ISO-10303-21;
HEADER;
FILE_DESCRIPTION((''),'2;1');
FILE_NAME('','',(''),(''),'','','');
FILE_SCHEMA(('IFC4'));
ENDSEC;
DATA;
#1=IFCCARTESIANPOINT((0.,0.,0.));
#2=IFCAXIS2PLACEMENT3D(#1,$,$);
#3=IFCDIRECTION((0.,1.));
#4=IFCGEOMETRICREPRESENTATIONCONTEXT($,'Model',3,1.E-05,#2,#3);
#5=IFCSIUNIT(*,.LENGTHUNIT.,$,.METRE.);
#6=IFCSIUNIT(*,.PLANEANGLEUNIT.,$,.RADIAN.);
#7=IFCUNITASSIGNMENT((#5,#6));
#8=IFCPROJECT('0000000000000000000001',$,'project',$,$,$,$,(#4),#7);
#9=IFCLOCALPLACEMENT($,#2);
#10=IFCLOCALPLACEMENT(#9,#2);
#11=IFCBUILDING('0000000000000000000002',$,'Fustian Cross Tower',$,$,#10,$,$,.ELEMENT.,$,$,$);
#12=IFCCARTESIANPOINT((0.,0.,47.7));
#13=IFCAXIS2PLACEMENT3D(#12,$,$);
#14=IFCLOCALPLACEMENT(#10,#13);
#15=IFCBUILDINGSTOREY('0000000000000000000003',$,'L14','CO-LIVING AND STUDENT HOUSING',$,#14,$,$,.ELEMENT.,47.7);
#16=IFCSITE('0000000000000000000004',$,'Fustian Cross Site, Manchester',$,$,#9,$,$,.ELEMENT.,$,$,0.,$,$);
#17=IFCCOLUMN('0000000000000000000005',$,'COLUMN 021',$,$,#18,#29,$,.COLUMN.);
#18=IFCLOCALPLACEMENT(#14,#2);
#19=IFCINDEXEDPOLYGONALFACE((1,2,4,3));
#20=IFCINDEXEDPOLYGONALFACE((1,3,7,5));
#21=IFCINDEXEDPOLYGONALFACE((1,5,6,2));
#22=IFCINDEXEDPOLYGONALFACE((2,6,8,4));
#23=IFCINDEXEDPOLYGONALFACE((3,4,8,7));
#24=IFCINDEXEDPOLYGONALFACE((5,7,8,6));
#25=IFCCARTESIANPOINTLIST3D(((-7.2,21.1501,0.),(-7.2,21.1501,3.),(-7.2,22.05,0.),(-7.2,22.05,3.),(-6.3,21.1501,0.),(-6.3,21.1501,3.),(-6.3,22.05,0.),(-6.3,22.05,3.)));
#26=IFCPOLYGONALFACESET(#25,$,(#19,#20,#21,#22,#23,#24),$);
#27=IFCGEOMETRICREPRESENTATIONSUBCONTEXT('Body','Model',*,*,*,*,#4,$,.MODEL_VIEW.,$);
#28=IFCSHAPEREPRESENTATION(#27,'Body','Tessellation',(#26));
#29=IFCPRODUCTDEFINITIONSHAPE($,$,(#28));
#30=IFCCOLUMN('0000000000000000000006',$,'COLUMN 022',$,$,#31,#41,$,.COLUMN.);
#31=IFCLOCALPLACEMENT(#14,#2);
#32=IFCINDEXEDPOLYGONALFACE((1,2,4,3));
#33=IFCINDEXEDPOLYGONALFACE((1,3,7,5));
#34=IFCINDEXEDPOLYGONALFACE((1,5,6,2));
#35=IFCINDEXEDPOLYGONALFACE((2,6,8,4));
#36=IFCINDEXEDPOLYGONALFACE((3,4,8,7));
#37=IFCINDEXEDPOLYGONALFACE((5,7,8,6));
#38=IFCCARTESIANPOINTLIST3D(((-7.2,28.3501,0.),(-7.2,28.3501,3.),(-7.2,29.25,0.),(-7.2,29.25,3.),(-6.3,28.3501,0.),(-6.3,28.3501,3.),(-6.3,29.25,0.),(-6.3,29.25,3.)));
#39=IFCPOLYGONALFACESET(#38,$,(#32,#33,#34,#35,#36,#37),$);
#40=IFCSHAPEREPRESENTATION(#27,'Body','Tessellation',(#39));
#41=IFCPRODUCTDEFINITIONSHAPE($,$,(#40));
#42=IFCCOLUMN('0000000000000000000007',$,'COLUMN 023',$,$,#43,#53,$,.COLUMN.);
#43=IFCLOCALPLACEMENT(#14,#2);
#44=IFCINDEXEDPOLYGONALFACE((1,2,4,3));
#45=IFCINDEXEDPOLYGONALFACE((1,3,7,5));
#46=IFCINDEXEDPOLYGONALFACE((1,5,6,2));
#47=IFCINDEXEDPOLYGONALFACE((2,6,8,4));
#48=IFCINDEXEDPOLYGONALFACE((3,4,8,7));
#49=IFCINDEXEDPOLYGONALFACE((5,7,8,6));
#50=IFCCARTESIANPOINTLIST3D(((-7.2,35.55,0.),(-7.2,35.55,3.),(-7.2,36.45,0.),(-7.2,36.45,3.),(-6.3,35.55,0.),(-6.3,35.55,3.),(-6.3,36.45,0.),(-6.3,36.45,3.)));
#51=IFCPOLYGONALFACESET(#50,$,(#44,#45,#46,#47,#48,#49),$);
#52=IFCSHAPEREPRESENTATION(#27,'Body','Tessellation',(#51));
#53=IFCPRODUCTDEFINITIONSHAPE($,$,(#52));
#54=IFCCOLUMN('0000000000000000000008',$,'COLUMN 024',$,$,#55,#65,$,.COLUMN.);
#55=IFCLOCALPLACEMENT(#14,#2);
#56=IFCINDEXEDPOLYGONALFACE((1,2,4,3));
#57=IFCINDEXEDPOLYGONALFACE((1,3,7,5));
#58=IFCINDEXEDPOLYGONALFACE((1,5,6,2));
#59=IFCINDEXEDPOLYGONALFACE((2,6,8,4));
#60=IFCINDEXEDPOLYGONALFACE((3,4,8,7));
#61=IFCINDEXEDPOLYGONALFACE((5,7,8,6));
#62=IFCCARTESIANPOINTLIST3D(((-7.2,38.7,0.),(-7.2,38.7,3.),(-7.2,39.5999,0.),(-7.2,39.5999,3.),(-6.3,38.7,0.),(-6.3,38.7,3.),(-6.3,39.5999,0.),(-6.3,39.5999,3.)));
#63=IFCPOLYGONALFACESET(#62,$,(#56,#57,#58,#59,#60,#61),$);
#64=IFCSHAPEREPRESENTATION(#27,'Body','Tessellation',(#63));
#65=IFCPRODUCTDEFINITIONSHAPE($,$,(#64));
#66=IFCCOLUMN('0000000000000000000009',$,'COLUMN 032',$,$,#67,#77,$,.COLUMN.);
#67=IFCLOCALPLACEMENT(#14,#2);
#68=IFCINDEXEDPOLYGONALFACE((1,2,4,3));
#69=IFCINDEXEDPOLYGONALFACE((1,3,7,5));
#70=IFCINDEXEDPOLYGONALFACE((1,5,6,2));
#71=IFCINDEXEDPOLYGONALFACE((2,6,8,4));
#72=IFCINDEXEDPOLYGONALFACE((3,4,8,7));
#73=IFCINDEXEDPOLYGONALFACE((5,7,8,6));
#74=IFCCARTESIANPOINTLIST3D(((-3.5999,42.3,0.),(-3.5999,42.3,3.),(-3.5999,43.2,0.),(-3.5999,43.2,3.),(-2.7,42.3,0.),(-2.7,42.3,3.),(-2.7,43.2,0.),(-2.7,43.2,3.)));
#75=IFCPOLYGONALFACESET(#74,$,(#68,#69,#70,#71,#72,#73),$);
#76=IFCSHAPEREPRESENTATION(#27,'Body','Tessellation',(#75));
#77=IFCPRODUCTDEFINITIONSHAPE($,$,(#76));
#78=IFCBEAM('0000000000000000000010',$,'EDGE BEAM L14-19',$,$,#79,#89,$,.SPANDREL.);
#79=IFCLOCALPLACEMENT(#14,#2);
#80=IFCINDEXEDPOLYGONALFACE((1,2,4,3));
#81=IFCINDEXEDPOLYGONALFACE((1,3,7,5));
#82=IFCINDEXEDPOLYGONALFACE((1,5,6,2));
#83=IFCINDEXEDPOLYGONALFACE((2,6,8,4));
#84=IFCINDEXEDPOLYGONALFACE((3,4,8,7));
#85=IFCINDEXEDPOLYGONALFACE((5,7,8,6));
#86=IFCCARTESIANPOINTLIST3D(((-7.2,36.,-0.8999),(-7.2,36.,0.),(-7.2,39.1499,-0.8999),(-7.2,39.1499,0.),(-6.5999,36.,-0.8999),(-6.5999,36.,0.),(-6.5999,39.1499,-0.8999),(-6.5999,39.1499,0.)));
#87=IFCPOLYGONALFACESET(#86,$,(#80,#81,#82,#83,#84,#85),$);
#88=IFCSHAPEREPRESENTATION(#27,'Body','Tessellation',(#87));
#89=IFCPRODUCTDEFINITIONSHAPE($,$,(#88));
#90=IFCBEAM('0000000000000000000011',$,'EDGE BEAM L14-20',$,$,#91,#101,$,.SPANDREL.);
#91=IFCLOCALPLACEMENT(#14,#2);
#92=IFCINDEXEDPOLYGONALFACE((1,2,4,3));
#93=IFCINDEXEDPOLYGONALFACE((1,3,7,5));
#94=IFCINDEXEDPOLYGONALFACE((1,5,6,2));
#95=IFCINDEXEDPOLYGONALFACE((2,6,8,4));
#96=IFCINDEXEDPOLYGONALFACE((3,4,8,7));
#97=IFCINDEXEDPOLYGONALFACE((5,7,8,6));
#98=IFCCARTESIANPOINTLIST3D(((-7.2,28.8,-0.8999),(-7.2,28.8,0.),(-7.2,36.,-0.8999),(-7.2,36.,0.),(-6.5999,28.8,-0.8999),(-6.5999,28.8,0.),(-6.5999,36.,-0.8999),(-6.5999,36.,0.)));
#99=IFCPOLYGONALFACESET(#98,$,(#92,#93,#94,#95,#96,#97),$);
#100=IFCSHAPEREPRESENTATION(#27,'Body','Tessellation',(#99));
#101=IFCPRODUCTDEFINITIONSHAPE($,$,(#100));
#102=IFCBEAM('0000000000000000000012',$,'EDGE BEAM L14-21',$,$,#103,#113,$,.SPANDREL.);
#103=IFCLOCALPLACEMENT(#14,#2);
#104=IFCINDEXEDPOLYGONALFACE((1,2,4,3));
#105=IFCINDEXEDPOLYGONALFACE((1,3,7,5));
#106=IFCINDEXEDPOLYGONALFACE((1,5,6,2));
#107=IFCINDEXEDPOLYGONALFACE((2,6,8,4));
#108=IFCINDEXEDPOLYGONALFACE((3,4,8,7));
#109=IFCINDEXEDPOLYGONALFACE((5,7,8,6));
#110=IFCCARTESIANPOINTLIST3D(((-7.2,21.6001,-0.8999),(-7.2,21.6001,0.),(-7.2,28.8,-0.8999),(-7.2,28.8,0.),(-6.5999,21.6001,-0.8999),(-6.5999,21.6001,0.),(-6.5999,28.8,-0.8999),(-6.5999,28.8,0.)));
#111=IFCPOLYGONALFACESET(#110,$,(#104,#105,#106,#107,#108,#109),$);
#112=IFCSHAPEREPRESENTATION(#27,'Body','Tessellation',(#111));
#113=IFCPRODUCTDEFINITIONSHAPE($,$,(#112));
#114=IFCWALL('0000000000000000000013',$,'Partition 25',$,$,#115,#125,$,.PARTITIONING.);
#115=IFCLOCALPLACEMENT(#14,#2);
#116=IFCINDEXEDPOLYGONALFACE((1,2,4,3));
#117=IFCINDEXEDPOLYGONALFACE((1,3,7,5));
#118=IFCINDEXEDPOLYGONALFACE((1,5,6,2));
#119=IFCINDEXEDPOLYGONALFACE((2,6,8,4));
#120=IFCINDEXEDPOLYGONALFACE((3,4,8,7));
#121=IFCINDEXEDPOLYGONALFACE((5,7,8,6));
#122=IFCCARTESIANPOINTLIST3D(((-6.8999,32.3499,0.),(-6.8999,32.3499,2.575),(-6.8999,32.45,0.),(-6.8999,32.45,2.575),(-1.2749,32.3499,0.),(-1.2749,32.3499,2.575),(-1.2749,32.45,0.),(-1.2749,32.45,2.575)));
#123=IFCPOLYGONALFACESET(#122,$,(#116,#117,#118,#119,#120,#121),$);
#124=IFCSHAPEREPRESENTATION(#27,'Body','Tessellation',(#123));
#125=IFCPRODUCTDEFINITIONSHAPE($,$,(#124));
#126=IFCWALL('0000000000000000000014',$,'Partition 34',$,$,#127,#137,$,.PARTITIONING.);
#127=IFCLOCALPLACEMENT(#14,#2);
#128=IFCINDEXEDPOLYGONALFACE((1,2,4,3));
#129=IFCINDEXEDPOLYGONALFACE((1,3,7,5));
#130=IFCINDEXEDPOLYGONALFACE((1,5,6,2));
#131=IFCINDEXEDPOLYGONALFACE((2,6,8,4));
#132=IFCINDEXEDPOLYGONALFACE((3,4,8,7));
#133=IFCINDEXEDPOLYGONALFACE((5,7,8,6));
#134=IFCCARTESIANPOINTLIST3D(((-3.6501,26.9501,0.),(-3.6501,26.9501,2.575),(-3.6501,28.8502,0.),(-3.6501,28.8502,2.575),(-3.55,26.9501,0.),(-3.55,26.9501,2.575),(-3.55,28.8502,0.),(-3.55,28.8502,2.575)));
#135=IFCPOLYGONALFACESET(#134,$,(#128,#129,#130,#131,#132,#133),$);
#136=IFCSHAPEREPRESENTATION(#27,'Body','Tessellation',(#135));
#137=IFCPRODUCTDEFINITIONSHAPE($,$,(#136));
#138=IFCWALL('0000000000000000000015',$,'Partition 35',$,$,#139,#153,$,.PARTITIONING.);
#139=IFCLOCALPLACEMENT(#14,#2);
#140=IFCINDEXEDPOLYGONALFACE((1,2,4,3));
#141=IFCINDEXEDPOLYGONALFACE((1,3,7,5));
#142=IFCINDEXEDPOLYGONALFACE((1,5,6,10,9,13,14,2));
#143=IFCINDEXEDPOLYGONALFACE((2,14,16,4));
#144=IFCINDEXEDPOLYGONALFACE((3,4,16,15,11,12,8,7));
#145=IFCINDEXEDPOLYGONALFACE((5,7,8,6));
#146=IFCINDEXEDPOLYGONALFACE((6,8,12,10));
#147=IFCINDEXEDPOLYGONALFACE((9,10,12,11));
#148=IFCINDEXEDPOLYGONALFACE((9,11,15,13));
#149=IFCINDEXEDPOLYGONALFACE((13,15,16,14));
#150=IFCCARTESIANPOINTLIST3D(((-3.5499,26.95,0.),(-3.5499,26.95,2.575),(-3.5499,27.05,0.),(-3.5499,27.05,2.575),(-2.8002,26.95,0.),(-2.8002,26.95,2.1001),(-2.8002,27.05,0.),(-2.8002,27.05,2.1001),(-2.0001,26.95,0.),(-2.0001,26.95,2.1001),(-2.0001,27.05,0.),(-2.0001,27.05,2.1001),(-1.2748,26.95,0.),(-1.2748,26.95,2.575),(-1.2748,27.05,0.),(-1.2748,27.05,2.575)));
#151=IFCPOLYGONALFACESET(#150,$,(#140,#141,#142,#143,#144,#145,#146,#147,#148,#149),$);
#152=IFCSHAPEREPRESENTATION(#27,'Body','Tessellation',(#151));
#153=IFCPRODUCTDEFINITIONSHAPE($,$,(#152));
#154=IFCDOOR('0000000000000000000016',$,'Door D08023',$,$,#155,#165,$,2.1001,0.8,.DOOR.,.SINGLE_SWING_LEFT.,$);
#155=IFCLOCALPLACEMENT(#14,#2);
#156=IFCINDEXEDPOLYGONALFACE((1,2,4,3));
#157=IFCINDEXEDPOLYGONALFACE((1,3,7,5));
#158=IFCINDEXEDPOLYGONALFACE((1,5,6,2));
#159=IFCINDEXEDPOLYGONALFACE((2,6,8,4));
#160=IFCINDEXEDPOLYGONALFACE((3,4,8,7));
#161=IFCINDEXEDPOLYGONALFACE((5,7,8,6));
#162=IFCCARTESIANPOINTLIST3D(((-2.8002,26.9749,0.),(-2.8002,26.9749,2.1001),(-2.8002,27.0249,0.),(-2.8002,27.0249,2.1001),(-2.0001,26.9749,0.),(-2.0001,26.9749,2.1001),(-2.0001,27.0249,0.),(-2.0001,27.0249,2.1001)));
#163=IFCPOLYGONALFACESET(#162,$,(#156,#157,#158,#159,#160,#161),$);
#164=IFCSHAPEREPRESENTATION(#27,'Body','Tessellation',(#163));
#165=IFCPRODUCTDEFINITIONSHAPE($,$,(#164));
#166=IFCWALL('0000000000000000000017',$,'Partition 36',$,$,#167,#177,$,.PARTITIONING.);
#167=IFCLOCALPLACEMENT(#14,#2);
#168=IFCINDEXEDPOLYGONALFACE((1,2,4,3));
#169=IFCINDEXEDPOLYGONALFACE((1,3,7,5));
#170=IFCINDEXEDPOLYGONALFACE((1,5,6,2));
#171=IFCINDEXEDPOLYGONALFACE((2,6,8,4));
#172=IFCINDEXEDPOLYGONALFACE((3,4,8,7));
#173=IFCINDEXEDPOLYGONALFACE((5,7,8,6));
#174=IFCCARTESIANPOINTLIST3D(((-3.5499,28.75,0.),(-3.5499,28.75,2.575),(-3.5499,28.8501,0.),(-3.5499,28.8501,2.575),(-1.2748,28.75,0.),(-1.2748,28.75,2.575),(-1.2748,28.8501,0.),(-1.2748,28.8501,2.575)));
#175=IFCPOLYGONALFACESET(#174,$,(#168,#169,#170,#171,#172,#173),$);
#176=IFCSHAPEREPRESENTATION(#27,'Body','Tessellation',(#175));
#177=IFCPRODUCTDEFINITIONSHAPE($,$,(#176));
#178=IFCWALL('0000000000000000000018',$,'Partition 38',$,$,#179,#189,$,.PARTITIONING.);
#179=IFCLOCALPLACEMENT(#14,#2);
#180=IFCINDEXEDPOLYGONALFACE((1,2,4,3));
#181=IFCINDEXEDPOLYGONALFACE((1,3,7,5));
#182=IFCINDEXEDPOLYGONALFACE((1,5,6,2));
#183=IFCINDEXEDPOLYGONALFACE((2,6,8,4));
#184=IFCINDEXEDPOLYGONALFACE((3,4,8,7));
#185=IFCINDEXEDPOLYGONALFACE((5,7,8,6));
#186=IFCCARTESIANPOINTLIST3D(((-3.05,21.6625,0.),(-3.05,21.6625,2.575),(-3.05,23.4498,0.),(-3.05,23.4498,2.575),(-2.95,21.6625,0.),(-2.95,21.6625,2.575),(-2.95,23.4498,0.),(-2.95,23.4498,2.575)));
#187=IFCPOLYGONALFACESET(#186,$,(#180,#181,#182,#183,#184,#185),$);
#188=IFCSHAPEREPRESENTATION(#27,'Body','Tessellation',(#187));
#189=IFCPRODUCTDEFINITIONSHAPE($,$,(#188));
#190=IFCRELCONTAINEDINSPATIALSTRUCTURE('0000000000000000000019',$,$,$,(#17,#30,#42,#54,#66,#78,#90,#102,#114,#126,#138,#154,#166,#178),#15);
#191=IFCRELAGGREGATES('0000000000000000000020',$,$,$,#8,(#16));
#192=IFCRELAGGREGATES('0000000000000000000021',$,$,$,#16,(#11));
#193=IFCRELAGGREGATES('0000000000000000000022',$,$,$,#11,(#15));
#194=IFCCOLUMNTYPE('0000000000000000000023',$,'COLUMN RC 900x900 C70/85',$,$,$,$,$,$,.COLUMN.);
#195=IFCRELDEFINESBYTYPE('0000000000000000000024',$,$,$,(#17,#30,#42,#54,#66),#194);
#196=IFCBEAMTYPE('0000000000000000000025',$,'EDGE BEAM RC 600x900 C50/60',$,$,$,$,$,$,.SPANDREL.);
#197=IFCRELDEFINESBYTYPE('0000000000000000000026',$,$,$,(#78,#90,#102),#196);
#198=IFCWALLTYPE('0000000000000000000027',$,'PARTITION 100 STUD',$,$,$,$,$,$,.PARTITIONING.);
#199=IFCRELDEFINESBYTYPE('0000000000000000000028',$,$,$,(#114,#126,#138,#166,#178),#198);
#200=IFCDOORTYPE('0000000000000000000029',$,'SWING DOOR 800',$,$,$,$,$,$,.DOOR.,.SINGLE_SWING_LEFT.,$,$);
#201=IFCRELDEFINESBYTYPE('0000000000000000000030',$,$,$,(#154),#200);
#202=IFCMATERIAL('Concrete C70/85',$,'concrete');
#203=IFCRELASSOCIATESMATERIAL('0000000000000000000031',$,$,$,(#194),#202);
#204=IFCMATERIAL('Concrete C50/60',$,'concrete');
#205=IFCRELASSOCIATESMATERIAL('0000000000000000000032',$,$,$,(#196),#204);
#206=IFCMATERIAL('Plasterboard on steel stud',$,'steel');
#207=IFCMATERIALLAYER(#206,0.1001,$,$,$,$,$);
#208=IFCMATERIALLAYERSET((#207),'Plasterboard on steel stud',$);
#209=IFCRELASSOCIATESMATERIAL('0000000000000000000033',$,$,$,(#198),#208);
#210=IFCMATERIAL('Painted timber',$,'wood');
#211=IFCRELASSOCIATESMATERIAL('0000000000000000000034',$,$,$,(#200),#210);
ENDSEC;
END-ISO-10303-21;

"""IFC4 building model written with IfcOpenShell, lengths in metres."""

from ifc_helpers import new_model, si_unit, direction, frame, frame_2d, origin, origin_2d, place, context, subcontext, project, spatial, rectangle, extrude, material, layer, layer_set, material_profile, profile_set, type_object, element, fill, save


model = new_model("IFC4")

# Units and contexts
model_context = context("Model", 3, precision=1e-05, world=origin(), true_north=direction((0.0, 1.0)))
body_context = subcontext(model_context, "Body", "Model", "MODEL_VIEW")
ifc_project = project(units=[si_unit("LENGTHUNIT", "METRE"), si_unit("PLANEANGLEUNIT", "RADIAN")], contexts=[model_context])

# Site, building, storey
site_placement = place(None, origin())
site = spatial("IfcSite", under=ifc_project, at=site_placement, Name="Fustian Cross Site, Manchester", CompositionType="ELEMENT", RefElevation=0.0)
building_placement = place(site_placement, origin())
building = spatial("IfcBuilding", under=site, at=building_placement, Name="Fustian Cross Tower", CompositionType="ELEMENT")
storey_placement = place(building_placement, frame((0.0, 0.0, 47.7)))
storey = spatial("IfcBuildingStorey", under=building, at=storey_placement, Name="L14", Description="CO-LIVING AND STUDENT HOUSING", CompositionType="ELEMENT", Elevation=47.7)

# Columns
ifc_material_1 = material(Name="Concrete C70/85", Category="concrete")
ifc_material_profile_1 = material_profile(ifc_material_1, rectangle(XDim=0.8999, YDim=0.8999, at=origin_2d()), Name="RC 900x900")
ifc_profile_set_1 = profile_set([ifc_material_profile_1], Name="Concrete C70/85")
column_type = type_object("IfcColumnType", Name="COLUMN RC 900x900 C70/85", PredefinedType="COLUMN", material=ifc_profile_set_1)
for number, where, z_axis, x_axis, name in (
    (1, (-6.75, 21.6001, 0.0), (0.0, 0.0, 1.0), (1.0, 0.0, 0.0), "COLUMN 021"),
    (2, (-6.75, 28.8, 0.0), (0.0, 0.0, 1.0), (1.0, 0.0, 0.0), "COLUMN 022"),
    (3, (-6.75, 36.0, 0.0), (0.0, 0.0, 1.0), (1.0, 0.0, 0.0), "COLUMN 023"),
    (4, (-6.75, 39.1499, 0.0), (0.0, 0.0, 1.0), (1.0, 0.0, 0.0), "COLUMN 024"),
    (5, (-3.1499, 42.75, 0.0), (0.0, 0.0, 1.0), (1.0, 0.0, 0.0), "COLUMN 032"),
):
    element("IfcColumn", number, at=place(storey_placement, frame(where, z_axis=z_axis, x_axis=x_axis)), inside=storey, type_object=column_type, Name=name, PredefinedType="COLUMN", context=body_context, shape_type="SweptSolid", body=[
        extrude(rectangle(XDim=0.8999, YDim=0.8999, at=origin_2d()), origin(), (0.0, 0.0, 1.0), 3.0),
    ])

# Beams
ifc_material_2 = material(Name="Concrete C50/60", Category="concrete")
ifc_material_profile_2 = material_profile(ifc_material_2, rectangle(XDim=0.6001, YDim=0.8999, at=origin_2d()), Name="RC 600x900")
ifc_profile_set_2 = profile_set([ifc_material_profile_2], Name="Concrete C50/60")
beam_type = type_object("IfcBeamType", Name="EDGE BEAM RC 600x900 C50/60", PredefinedType="SPANDREL", material=ifc_profile_set_2)
beam_placement = place(storey_placement, frame((-6.8999, 39.1499, -0.45), z_axis=(0.0, -1.0, 0.0), x_axis=(1.0, 0.0, 0.0)))
element("IfcBeam", 6, at=beam_placement, inside=storey, type_object=beam_type, Name="EDGE BEAM L14-19", PredefinedType="SPANDREL", context=body_context, shape_type="SweptSolid", body=[
    extrude(rectangle(XDim=0.6001, YDim=0.8999, at=origin_2d()), origin(), (0.0, 0.0, 1.0), 3.1499),
])
for number, where, z_axis, x_axis, name in (
    (7, (-6.8999, 36.0, -0.45), (0.0, -1.0, 0.0), (1.0, 0.0, 0.0), "EDGE BEAM L14-20"),
    (8, (-6.8999, 28.8, -0.45), (0.0, -1.0, 0.0), (1.0, 0.0, 0.0), "EDGE BEAM L14-21"),
):
    element("IfcBeam", number, at=place(storey_placement, frame(where, z_axis=z_axis, x_axis=x_axis)), inside=storey, type_object=beam_type, Name=name, PredefinedType="SPANDREL", context=body_context, shape_type="SweptSolid", body=[
        extrude(rectangle(XDim=0.6001, YDim=0.8999, at=origin_2d()), origin(), (0.0, 0.0, 1.0), 7.2),
    ])

# Walls
ifc_material_3 = material(Name="Plasterboard on steel stud", Category="steel")
ifc_layer_1 = layer(ifc_material_3, 0.1001)
ifc_layer_set_1 = layer_set([ifc_layer_1], Name="Plasterboard on steel stud")
wall_type_1 = type_object("IfcWallType", Name="PARTITION 100 STUD", PredefinedType="PARTITIONING", material=ifc_layer_set_1)
wall_1_placement = place(storey_placement, frame((-6.8999, 32.3999, 0.0), z_axis=(0.0, 0.0, 1.0), x_axis=(1.0, 0.0, 0.0)))
element("IfcWall", 9, at=wall_1_placement, inside=storey, type_object=wall_type_1, Name="Partition 25", PredefinedType="PARTITIONING", context=body_context, shape_type="SweptSolid", body=[
    extrude(rectangle(XDim=5.625, YDim=0.1001, at=frame_2d((2.8125, 0.0))), origin(), (0.0, 0.0, 1.0), 2.575),
])
wall_2_placement = place(storey_placement, frame((-3.6001, 26.95, 0.0), z_axis=(0.0, 0.0, 1.0), x_axis=(0.0, 1.0, 0.0)))
element("IfcWall", 10, at=wall_2_placement, inside=storey, type_object=wall_type_1, Name="Partition 34", PredefinedType="PARTITIONING", context=body_context, shape_type="SweptSolid", body=[
    extrude(rectangle(XDim=1.9001, YDim=0.1001, at=frame_2d((0.9502, 0.0))), origin(), (0.0, 0.0, 1.0), 2.575),
])

# Wall, opening, door
wall_3_placement = place(storey_placement, frame((-3.55, 27.0, 0.0), z_axis=(0.0, 0.0, 1.0), x_axis=(1.0, 0.0, 0.0)))
wall_3 = element("IfcWall", 11, at=wall_3_placement, inside=storey, type_object=wall_type_1, Name="Partition 35", PredefinedType="PARTITIONING", context=body_context, shape_type="SweptSolid", body=[
    extrude(rectangle(XDim=2.2751, YDim=0.1001, at=frame_2d((1.1377, 0.0))), origin(), (0.0, 0.0, 1.0), 2.575),
])
opening_1_placement = place(wall_3_placement, frame((0.75, 0.0, 0.0)))
opening_1 = element("IfcOpeningElement", 12, at=opening_1_placement, cuts=wall_3, PredefinedType="OPENING", context=body_context, shape_type="SweptSolid", body=[
    extrude(rectangle(XDim=0.8, YDim=2.1001, at=frame_2d((0.3999, 1.05))), frame((0.0, 0.0601, 0.0), z_axis=(0.0, -1.0, 0.0), x_axis=(1.0, 0.0, 0.0)), (0.0, 0.0, 1.0), 0.1201),
])
ifc_material_4 = material(Name="Painted timber", Category="wood")
door_type_1 = type_object("IfcDoorType", Name="SWING DOOR 800", OperationType="SINGLE_SWING_LEFT", PredefinedType="DOOR", material=ifc_material_4)
door_1_placement = place(opening_1_placement, origin())
door_1 = element("IfcDoor", 13, at=door_1_placement, inside=storey, type_object=door_type_1, Name="Door D08023", OperationType="SINGLE_SWING_LEFT", OverallHeight=2.1001, OverallWidth=0.8, PredefinedType="DOOR", context=body_context, shape_type="SweptSolid", body=[
    extrude(rectangle(XDim=0.8, YDim=2.1001, at=frame_2d((0.3999, 1.05))), frame((0.0, 0.0249, 0.0), z_axis=(0.0, -1.0, 0.0), x_axis=(1.0, 0.0, 0.0)), (0.0, 0.0, 1.0), 0.05),
])
fill(opening_1, door_1)

# Walls
wall_4_placement = place(storey_placement, frame((-3.55, 28.8, 0.0), z_axis=(0.0, 0.0, 1.0), x_axis=(1.0, 0.0, 0.0)))
element("IfcWall", 14, at=wall_4_placement, inside=storey, type_object=wall_type_1, Name="Partition 36", PredefinedType="PARTITIONING", context=body_context, shape_type="SweptSolid", body=[
    extrude(rectangle(XDim=2.2751, YDim=0.1001, at=frame_2d((1.1377, 0.0))), origin(), (0.0, 0.0, 1.0), 2.575),
])
wall_5_placement = place(storey_placement, frame((-3.0, 21.6626, 0.0), z_axis=(0.0, 0.0, 1.0), x_axis=(0.0, 1.0, 0.0)))
element("IfcWall", 15, at=wall_5_placement, inside=storey, type_object=wall_type_1, Name="Partition 38", PredefinedType="PARTITIONING", context=body_context, shape_type="SweptSolid", body=[
    extrude(rectangle(XDim=1.7874, YDim=0.1001, at=frame_2d((0.8936, 0.0))), origin(), (0.0, 0.0, 1.0), 2.575),
])

save(model, "model.ifc")
